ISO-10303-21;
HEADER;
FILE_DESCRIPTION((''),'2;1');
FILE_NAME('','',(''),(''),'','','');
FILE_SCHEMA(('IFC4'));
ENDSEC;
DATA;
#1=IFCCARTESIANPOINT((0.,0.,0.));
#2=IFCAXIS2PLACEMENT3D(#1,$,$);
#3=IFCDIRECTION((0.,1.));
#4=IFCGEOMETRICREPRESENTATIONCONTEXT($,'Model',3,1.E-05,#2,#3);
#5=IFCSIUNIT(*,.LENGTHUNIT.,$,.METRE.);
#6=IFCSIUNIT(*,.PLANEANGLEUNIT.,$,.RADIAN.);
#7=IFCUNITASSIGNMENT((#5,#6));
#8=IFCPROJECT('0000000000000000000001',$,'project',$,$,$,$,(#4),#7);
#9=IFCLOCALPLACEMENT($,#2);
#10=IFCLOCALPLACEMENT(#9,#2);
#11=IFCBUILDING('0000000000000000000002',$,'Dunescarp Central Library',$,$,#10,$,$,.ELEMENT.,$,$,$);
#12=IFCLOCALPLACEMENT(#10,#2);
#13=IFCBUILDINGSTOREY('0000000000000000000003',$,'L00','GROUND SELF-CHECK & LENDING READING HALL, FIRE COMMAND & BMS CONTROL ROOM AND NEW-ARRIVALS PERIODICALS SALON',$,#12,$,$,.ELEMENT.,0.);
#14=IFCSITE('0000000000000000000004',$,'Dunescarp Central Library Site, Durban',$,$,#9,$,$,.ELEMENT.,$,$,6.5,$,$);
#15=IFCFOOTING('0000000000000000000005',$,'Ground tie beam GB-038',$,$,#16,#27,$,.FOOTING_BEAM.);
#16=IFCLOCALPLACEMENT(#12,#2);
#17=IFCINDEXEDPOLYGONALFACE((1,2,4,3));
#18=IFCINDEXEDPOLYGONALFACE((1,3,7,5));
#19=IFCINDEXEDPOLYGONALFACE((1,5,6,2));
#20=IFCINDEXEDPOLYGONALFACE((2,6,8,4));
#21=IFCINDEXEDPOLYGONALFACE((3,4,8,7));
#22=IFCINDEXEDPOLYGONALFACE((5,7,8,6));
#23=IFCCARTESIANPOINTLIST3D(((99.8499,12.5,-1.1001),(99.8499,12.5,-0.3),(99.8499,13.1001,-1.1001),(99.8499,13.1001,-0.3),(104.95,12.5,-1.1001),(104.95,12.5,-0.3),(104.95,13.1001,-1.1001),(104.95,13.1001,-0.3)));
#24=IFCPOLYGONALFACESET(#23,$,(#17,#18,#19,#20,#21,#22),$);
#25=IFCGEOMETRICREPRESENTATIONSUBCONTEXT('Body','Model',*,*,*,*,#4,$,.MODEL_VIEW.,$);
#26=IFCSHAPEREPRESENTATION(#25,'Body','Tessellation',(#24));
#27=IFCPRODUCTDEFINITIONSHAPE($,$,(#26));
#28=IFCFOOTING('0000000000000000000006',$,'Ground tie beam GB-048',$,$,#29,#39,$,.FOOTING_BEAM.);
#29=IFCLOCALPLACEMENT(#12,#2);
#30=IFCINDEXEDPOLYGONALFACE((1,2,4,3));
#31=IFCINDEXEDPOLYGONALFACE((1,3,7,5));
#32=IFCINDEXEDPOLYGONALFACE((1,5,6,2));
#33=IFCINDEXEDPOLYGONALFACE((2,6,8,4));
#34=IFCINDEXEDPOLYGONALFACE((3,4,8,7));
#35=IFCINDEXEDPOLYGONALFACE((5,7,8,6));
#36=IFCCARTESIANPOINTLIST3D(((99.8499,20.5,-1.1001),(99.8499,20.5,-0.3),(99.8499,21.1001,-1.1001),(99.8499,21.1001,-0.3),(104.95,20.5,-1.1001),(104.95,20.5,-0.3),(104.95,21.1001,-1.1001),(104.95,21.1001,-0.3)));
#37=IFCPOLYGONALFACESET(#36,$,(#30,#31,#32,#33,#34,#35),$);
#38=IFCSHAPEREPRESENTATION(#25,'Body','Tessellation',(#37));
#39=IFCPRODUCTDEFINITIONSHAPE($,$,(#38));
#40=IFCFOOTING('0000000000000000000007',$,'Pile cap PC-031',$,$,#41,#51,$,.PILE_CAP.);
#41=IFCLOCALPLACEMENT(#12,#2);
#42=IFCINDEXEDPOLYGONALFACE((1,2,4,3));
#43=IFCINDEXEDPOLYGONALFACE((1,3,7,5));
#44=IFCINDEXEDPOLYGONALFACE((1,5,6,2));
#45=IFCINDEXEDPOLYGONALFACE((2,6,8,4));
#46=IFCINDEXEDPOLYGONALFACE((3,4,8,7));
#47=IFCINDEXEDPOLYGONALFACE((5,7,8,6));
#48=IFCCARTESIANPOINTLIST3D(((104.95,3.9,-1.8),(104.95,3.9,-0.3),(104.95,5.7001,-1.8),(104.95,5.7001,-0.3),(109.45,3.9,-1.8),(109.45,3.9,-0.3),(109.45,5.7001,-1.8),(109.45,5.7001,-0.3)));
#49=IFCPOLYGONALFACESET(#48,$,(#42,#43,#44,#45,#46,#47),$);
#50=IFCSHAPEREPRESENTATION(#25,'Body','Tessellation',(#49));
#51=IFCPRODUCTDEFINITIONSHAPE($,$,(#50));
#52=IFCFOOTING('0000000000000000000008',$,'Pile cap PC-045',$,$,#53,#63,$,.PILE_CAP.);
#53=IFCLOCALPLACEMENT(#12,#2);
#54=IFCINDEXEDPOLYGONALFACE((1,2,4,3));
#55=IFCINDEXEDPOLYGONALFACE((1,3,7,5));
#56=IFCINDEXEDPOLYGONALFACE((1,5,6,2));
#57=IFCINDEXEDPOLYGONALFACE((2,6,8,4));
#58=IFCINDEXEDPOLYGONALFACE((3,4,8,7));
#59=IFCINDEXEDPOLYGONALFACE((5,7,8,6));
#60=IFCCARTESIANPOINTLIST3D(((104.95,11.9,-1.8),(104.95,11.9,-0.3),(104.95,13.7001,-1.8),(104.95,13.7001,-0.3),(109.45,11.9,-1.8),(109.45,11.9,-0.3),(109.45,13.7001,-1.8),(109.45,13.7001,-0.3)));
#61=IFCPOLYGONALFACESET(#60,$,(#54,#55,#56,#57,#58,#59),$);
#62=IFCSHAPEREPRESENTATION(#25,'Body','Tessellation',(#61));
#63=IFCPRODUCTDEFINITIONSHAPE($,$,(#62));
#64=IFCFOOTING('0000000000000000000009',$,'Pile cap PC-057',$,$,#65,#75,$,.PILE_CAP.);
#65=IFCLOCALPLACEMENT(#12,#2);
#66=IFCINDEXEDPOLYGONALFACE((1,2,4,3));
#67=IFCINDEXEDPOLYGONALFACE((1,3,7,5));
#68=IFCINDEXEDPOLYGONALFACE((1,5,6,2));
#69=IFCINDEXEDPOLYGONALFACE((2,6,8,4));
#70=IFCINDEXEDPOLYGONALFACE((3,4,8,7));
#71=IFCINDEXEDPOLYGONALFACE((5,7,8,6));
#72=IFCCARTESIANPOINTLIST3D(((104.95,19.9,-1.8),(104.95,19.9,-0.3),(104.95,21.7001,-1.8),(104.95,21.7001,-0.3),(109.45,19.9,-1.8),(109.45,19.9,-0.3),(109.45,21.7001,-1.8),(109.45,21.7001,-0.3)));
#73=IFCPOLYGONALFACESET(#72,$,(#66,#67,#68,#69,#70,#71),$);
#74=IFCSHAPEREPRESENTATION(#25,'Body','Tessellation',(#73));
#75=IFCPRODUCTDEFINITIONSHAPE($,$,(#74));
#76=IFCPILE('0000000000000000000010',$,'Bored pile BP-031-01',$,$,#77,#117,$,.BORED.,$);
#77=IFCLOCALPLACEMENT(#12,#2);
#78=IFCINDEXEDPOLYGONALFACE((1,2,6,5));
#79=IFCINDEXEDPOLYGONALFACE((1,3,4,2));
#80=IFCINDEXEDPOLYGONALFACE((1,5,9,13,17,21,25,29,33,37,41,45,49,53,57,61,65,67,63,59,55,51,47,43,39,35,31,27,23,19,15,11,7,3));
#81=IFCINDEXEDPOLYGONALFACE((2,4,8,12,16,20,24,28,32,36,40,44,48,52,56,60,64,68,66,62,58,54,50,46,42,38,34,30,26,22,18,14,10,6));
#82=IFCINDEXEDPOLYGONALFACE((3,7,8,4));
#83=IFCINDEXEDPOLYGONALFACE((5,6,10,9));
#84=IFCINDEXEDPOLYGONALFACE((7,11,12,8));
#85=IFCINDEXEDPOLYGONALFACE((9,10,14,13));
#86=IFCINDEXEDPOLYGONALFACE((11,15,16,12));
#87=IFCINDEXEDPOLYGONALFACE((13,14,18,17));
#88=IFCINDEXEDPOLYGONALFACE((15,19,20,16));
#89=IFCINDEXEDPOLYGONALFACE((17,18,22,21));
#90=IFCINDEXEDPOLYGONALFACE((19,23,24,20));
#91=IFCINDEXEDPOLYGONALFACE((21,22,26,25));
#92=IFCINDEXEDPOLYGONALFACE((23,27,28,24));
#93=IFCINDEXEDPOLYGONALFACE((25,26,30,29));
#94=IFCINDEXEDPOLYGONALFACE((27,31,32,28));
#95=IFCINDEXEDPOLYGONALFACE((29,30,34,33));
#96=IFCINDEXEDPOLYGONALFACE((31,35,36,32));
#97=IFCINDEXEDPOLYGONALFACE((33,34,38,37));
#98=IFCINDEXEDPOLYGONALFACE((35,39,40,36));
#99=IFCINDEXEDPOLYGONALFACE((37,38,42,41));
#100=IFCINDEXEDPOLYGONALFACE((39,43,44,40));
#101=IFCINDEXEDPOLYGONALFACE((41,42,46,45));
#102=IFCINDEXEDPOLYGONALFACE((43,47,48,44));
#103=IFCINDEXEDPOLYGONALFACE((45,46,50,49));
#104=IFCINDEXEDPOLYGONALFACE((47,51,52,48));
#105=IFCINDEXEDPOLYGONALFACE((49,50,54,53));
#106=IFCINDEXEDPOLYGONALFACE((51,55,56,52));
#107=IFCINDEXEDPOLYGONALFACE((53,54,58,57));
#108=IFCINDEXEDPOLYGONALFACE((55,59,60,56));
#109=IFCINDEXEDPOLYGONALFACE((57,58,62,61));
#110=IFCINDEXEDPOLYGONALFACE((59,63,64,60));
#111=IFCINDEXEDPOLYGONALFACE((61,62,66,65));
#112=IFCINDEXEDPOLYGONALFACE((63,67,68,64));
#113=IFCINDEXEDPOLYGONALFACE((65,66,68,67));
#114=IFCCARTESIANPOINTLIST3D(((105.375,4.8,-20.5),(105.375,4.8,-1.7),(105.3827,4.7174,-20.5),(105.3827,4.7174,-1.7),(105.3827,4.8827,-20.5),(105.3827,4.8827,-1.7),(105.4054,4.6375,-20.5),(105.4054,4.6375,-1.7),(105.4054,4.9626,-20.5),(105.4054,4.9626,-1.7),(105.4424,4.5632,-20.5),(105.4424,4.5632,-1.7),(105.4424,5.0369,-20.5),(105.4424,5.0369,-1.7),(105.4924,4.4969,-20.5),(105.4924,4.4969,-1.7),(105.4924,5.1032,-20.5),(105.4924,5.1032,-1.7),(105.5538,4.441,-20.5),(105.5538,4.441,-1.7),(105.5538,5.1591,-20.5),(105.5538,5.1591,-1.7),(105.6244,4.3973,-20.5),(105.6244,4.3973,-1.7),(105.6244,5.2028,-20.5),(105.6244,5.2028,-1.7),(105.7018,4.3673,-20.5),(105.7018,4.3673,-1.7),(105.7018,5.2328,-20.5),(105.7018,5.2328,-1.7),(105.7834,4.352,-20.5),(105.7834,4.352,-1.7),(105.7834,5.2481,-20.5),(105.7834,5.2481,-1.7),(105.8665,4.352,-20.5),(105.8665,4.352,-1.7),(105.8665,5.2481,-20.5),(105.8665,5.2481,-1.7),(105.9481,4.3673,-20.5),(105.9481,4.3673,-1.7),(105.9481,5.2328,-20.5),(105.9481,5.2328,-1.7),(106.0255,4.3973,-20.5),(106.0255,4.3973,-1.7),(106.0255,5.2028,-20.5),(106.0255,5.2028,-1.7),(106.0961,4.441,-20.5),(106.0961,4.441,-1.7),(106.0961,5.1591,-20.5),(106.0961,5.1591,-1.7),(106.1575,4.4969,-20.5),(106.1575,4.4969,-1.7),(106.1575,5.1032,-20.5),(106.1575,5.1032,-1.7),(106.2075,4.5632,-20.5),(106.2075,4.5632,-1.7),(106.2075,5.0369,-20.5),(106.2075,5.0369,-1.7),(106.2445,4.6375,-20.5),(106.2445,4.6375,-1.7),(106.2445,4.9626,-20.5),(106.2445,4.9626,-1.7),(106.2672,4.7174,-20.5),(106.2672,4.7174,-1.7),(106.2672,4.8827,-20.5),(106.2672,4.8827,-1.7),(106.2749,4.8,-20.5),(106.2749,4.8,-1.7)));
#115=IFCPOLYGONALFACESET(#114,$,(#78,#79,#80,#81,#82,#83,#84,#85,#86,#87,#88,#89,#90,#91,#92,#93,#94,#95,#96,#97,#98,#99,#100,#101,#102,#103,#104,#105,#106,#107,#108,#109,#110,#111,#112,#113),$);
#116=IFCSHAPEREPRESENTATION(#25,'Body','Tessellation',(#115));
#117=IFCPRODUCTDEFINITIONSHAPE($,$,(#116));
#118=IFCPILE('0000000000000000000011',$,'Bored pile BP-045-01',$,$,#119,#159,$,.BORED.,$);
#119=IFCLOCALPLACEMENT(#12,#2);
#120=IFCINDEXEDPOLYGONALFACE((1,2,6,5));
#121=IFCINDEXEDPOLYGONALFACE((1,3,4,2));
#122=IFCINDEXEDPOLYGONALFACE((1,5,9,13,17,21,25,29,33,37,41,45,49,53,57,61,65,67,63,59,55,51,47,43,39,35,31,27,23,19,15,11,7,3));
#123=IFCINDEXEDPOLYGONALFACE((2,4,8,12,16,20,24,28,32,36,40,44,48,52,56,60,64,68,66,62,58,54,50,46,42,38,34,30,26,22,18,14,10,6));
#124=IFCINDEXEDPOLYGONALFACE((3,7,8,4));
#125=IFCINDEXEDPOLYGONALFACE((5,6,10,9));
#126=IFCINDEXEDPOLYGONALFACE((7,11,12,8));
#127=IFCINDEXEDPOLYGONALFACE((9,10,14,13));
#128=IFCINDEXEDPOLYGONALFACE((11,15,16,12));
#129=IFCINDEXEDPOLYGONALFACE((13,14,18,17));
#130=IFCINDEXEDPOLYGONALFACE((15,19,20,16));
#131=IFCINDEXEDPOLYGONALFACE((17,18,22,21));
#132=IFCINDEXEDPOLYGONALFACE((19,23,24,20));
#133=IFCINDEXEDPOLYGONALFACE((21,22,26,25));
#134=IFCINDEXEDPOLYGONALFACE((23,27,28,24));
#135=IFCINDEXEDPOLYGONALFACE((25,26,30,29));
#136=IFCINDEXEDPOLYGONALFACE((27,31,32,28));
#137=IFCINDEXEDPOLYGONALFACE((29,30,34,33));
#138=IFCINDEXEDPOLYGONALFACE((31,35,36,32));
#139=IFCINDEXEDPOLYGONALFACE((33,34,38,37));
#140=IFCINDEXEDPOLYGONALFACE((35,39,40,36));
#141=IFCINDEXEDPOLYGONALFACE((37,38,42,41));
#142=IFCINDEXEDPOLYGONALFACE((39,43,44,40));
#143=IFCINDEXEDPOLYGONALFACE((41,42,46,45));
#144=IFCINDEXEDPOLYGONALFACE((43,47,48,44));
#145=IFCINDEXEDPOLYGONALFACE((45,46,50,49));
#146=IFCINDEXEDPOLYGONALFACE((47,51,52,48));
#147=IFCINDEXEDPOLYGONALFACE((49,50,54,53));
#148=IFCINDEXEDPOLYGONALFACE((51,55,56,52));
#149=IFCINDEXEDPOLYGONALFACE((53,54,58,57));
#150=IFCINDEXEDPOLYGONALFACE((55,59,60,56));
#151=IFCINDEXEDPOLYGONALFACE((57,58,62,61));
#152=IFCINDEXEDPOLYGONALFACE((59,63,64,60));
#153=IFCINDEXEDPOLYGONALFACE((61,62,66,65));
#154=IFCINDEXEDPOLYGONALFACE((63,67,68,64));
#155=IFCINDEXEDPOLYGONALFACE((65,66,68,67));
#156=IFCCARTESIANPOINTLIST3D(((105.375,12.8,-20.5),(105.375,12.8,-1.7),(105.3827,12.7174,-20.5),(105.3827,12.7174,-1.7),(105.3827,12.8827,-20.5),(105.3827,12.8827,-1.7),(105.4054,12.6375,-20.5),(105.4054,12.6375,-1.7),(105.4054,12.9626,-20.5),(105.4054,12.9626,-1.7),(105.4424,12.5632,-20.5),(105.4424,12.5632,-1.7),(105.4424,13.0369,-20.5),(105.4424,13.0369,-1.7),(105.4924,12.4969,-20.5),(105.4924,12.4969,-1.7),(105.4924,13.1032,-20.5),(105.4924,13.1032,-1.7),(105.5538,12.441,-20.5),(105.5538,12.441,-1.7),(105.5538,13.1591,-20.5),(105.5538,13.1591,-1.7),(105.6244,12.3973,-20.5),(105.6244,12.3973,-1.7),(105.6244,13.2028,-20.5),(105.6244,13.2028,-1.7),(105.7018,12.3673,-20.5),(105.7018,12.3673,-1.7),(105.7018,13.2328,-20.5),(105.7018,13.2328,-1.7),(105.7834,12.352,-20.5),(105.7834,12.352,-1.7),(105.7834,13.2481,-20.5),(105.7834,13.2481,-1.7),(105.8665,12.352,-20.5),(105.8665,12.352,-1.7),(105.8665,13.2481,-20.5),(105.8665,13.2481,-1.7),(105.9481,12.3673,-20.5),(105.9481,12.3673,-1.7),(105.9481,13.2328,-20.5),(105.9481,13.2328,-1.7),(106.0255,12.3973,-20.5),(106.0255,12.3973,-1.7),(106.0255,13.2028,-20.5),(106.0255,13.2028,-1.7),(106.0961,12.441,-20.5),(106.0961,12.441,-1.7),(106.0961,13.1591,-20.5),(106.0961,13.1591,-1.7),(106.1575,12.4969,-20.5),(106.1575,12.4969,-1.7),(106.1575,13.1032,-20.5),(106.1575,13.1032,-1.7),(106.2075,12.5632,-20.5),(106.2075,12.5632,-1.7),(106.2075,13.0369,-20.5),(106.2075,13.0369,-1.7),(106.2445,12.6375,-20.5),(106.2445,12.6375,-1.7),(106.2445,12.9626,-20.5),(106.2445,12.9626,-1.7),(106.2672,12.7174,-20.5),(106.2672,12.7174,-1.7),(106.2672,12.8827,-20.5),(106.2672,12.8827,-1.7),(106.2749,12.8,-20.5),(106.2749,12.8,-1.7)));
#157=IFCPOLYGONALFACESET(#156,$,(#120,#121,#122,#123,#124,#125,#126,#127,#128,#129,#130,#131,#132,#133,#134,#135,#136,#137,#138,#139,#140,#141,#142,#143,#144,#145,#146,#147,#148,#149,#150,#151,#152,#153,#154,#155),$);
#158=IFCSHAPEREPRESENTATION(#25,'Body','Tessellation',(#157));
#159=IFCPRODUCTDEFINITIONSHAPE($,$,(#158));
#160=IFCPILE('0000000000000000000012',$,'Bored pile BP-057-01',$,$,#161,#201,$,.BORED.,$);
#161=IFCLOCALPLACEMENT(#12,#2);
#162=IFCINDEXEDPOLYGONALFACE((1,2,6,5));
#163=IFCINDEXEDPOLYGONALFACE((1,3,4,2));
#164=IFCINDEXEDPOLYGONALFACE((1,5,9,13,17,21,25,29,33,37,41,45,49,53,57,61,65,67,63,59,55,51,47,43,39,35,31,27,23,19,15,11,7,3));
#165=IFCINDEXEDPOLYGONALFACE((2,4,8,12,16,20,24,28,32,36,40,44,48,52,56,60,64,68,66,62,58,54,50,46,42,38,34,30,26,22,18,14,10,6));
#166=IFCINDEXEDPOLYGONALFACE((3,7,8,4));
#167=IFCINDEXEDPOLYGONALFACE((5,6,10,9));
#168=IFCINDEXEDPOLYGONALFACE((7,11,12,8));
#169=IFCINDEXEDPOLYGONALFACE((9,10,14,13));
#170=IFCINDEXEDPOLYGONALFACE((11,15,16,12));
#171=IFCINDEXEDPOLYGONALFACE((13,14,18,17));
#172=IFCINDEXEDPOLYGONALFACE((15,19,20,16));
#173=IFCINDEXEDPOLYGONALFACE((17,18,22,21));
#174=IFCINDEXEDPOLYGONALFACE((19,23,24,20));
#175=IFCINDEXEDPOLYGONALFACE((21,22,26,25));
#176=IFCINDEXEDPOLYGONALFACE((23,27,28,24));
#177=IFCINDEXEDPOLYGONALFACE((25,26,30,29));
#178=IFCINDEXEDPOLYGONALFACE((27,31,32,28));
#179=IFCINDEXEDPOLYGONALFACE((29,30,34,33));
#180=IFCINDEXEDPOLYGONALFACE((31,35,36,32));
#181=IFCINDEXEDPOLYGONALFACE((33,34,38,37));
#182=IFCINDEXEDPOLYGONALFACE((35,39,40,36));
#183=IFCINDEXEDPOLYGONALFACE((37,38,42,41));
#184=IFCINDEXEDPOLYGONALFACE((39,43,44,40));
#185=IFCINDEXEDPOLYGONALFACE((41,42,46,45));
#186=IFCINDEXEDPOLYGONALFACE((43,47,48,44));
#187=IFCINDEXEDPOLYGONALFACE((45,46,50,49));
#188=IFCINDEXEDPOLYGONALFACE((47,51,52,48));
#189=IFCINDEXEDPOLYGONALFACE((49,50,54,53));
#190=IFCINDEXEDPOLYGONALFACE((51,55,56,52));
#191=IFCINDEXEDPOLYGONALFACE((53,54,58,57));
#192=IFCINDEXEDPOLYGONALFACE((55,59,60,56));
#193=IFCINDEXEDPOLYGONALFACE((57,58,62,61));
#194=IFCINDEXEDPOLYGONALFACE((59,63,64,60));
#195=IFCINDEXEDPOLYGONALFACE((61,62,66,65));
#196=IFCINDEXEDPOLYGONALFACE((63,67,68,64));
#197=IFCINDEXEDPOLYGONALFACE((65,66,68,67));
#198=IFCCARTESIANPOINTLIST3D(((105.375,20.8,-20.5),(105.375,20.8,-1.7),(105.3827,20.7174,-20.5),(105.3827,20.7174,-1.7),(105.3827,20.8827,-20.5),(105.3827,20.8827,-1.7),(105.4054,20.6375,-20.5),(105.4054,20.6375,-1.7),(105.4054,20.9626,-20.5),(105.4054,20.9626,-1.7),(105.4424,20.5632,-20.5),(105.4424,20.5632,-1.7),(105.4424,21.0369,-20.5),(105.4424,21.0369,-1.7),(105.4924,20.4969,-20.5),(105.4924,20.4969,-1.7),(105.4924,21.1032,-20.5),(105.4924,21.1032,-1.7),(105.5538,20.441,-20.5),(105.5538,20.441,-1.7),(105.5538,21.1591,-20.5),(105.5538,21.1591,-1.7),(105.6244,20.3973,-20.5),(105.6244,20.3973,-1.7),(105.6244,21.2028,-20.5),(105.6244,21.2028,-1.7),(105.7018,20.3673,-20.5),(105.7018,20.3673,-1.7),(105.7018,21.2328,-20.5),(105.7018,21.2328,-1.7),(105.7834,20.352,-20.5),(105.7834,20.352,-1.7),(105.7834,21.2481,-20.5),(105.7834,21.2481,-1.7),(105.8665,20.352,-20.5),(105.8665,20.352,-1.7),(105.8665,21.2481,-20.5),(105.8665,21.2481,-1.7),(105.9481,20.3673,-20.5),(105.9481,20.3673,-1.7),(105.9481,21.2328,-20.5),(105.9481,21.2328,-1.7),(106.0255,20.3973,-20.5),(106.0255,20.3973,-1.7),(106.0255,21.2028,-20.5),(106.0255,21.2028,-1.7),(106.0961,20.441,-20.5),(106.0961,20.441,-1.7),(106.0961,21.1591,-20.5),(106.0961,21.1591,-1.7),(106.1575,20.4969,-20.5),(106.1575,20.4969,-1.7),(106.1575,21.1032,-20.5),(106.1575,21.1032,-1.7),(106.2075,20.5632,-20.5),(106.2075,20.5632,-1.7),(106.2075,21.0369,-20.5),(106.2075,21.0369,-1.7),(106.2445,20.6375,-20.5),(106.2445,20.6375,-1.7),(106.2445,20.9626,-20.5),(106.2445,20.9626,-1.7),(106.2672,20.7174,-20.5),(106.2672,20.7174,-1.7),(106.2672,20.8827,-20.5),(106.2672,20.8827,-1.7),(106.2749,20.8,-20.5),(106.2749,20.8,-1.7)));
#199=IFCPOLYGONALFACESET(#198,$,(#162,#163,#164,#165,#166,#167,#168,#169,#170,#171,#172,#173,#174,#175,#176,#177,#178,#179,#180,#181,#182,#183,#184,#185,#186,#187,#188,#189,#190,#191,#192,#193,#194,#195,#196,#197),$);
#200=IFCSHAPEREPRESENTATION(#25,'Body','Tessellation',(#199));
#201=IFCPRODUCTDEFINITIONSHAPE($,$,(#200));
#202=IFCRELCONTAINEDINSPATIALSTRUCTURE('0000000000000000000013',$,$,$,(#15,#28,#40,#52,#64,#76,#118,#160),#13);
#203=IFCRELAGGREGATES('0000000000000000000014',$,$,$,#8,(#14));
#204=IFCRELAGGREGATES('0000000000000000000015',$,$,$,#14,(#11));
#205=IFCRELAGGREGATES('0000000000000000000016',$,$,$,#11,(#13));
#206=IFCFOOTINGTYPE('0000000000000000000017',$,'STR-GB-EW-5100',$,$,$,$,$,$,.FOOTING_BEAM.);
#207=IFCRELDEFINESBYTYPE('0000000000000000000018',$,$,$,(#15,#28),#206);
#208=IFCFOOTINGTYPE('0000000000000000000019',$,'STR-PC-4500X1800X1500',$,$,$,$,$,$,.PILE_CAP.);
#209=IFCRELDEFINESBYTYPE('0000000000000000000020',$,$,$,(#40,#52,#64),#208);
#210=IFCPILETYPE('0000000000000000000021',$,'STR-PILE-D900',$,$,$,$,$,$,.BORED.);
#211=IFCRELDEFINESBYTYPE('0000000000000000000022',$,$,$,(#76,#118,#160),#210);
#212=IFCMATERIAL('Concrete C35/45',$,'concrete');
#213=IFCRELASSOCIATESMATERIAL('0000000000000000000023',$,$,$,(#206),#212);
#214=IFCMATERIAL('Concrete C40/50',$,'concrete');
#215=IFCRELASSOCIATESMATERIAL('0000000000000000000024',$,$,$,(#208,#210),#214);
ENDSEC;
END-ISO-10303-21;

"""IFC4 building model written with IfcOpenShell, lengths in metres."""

from ifc_helpers import new_model, si_unit, direction, frame, origin, origin_2d, place, context, subcontext, project, spatial, rectangle, circle, extrude, material, material_profile, profile_set, type_object, element, save


model = new_model("IFC4")

# Units and contexts
model_context = context("Model", 3, precision=1e-05, world=origin(), true_north=direction((0.0, 1.0)))
body_context = subcontext(model_context, "Body", "Model", "MODEL_VIEW")
ifc_project = project(units=[si_unit("LENGTHUNIT", "METRE"), si_unit("PLANEANGLEUNIT", "RADIAN")], contexts=[model_context])

# Site, building, storey
site_placement = place(None, origin())
site = spatial("IfcSite", under=ifc_project, at=site_placement, Name="Dunescarp Central Library Site, Durban", CompositionType="ELEMENT", RefElevation=6.5)
building_placement = place(site_placement, origin())
building = spatial("IfcBuilding", under=site, at=building_placement, Name="Dunescarp Central Library", CompositionType="ELEMENT")
storey_placement = place(building_placement, origin())
storey = spatial("IfcBuildingStorey", under=building, at=storey_placement, Name="L00", Description="GROUND SELF-CHECK & LENDING READING HALL, FIRE COMMAND & BMS CONTROL ROOM AND NEW-ARRIVALS PERIODICALS SALON", CompositionType="ELEMENT", Elevation=0.0)

# Footings
ifc_material_1 = material(Name="Concrete C35/45", Category="concrete")
footing_type_1 = type_object("IfcFootingType", Name="STR-GB-EW-5100", PredefinedType="FOOTING_BEAM", material=ifc_material_1)
for number, where, z_axis, x_axis, name in (
    (1, (102.3999, 12.8, -1.1001), (0.0, 0.0, 1.0), (1.0, 0.0, 0.0), "Ground tie beam GB-038"),
    (2, (102.3999, 20.8, -1.1001), (0.0, 0.0, 1.0), (1.0, 0.0, 0.0), "Ground tie beam GB-048"),
):
    element("IfcFooting", number, at=place(storey_placement, frame(where, z_axis=z_axis, x_axis=x_axis)), inside=storey, type_object=footing_type_1, Name=name, PredefinedType="FOOTING_BEAM", context=body_context, shape_type="SweptSolid", body=[
        extrude(rectangle(XDim=5.1001, YDim=0.6001, at=origin_2d()), origin(), (0.0, 0.0, 1.0), 0.8),
    ])
ifc_material_2 = material(Name="Concrete C40/50", Category="concrete")
footing_type_2 = type_object("IfcFootingType", Name="STR-PC-4500X1800X1500", PredefinedType="PILE_CAP", material=ifc_material_2)
for number, where, z_axis, x_axis, name in (
    (3, (107.2, 4.8, -1.8), (0.0, 0.0, 1.0), (1.0, 0.0, 0.0), "Pile cap PC-031"),
    (4, (107.2, 12.8, -1.8), (0.0, 0.0, 1.0), (1.0, 0.0, 0.0), "Pile cap PC-045"),
    (5, (107.2, 20.8, -1.8), (0.0, 0.0, 1.0), (1.0, 0.0, 0.0), "Pile cap PC-057"),
):
    element("IfcFooting", number, at=place(storey_placement, frame(where, z_axis=z_axis, x_axis=x_axis)), inside=storey, type_object=footing_type_2, Name=name, PredefinedType="PILE_CAP", context=body_context, shape_type="SweptSolid", body=[
        extrude(rectangle(XDim=4.5, YDim=1.8, at=origin_2d()), origin(), (0.0, 0.0, 1.0), 1.5),
    ])

# Piles
ifc_material_profile_1 = material_profile(ifc_material_2, circle(Radius=0.45, at=origin_2d()), Name="PILE D900")
ifc_profile_set_1 = profile_set([ifc_material_profile_1], Name="Concrete C40/50")
pile_type = type_object("IfcPileType", Name="STR-PILE-D900", PredefinedType="BORED", material=ifc_profile_set_1)
for number, where, z_axis, x_axis, name in (
    (6, (105.825, 4.8, -1.7), (0.0, 0.0, -1.0), (1.0, 0.0, 0.0), "Bored pile BP-031-01"),
    (7, (105.825, 12.8, -1.7), (0.0, 0.0, -1.0), (1.0, 0.0, 0.0), "Bored pile BP-045-01"),
    (8, (105.825, 20.8, -1.7), (0.0, 0.0, -1.0), (1.0, 0.0, 0.0), "Bored pile BP-057-01"),
):
    element("IfcPile", number, at=place(storey_placement, frame(where, z_axis=z_axis, x_axis=x_axis)), inside=storey, type_object=pile_type, Name=name, PredefinedType="BORED", context=body_context, shape_type="SweptSolid", body=[
        extrude(circle(Radius=0.45, at=origin_2d()), origin(), (0.0, 0.0, 1.0), 18.8),
    ])

save(model, "model.ifc")
